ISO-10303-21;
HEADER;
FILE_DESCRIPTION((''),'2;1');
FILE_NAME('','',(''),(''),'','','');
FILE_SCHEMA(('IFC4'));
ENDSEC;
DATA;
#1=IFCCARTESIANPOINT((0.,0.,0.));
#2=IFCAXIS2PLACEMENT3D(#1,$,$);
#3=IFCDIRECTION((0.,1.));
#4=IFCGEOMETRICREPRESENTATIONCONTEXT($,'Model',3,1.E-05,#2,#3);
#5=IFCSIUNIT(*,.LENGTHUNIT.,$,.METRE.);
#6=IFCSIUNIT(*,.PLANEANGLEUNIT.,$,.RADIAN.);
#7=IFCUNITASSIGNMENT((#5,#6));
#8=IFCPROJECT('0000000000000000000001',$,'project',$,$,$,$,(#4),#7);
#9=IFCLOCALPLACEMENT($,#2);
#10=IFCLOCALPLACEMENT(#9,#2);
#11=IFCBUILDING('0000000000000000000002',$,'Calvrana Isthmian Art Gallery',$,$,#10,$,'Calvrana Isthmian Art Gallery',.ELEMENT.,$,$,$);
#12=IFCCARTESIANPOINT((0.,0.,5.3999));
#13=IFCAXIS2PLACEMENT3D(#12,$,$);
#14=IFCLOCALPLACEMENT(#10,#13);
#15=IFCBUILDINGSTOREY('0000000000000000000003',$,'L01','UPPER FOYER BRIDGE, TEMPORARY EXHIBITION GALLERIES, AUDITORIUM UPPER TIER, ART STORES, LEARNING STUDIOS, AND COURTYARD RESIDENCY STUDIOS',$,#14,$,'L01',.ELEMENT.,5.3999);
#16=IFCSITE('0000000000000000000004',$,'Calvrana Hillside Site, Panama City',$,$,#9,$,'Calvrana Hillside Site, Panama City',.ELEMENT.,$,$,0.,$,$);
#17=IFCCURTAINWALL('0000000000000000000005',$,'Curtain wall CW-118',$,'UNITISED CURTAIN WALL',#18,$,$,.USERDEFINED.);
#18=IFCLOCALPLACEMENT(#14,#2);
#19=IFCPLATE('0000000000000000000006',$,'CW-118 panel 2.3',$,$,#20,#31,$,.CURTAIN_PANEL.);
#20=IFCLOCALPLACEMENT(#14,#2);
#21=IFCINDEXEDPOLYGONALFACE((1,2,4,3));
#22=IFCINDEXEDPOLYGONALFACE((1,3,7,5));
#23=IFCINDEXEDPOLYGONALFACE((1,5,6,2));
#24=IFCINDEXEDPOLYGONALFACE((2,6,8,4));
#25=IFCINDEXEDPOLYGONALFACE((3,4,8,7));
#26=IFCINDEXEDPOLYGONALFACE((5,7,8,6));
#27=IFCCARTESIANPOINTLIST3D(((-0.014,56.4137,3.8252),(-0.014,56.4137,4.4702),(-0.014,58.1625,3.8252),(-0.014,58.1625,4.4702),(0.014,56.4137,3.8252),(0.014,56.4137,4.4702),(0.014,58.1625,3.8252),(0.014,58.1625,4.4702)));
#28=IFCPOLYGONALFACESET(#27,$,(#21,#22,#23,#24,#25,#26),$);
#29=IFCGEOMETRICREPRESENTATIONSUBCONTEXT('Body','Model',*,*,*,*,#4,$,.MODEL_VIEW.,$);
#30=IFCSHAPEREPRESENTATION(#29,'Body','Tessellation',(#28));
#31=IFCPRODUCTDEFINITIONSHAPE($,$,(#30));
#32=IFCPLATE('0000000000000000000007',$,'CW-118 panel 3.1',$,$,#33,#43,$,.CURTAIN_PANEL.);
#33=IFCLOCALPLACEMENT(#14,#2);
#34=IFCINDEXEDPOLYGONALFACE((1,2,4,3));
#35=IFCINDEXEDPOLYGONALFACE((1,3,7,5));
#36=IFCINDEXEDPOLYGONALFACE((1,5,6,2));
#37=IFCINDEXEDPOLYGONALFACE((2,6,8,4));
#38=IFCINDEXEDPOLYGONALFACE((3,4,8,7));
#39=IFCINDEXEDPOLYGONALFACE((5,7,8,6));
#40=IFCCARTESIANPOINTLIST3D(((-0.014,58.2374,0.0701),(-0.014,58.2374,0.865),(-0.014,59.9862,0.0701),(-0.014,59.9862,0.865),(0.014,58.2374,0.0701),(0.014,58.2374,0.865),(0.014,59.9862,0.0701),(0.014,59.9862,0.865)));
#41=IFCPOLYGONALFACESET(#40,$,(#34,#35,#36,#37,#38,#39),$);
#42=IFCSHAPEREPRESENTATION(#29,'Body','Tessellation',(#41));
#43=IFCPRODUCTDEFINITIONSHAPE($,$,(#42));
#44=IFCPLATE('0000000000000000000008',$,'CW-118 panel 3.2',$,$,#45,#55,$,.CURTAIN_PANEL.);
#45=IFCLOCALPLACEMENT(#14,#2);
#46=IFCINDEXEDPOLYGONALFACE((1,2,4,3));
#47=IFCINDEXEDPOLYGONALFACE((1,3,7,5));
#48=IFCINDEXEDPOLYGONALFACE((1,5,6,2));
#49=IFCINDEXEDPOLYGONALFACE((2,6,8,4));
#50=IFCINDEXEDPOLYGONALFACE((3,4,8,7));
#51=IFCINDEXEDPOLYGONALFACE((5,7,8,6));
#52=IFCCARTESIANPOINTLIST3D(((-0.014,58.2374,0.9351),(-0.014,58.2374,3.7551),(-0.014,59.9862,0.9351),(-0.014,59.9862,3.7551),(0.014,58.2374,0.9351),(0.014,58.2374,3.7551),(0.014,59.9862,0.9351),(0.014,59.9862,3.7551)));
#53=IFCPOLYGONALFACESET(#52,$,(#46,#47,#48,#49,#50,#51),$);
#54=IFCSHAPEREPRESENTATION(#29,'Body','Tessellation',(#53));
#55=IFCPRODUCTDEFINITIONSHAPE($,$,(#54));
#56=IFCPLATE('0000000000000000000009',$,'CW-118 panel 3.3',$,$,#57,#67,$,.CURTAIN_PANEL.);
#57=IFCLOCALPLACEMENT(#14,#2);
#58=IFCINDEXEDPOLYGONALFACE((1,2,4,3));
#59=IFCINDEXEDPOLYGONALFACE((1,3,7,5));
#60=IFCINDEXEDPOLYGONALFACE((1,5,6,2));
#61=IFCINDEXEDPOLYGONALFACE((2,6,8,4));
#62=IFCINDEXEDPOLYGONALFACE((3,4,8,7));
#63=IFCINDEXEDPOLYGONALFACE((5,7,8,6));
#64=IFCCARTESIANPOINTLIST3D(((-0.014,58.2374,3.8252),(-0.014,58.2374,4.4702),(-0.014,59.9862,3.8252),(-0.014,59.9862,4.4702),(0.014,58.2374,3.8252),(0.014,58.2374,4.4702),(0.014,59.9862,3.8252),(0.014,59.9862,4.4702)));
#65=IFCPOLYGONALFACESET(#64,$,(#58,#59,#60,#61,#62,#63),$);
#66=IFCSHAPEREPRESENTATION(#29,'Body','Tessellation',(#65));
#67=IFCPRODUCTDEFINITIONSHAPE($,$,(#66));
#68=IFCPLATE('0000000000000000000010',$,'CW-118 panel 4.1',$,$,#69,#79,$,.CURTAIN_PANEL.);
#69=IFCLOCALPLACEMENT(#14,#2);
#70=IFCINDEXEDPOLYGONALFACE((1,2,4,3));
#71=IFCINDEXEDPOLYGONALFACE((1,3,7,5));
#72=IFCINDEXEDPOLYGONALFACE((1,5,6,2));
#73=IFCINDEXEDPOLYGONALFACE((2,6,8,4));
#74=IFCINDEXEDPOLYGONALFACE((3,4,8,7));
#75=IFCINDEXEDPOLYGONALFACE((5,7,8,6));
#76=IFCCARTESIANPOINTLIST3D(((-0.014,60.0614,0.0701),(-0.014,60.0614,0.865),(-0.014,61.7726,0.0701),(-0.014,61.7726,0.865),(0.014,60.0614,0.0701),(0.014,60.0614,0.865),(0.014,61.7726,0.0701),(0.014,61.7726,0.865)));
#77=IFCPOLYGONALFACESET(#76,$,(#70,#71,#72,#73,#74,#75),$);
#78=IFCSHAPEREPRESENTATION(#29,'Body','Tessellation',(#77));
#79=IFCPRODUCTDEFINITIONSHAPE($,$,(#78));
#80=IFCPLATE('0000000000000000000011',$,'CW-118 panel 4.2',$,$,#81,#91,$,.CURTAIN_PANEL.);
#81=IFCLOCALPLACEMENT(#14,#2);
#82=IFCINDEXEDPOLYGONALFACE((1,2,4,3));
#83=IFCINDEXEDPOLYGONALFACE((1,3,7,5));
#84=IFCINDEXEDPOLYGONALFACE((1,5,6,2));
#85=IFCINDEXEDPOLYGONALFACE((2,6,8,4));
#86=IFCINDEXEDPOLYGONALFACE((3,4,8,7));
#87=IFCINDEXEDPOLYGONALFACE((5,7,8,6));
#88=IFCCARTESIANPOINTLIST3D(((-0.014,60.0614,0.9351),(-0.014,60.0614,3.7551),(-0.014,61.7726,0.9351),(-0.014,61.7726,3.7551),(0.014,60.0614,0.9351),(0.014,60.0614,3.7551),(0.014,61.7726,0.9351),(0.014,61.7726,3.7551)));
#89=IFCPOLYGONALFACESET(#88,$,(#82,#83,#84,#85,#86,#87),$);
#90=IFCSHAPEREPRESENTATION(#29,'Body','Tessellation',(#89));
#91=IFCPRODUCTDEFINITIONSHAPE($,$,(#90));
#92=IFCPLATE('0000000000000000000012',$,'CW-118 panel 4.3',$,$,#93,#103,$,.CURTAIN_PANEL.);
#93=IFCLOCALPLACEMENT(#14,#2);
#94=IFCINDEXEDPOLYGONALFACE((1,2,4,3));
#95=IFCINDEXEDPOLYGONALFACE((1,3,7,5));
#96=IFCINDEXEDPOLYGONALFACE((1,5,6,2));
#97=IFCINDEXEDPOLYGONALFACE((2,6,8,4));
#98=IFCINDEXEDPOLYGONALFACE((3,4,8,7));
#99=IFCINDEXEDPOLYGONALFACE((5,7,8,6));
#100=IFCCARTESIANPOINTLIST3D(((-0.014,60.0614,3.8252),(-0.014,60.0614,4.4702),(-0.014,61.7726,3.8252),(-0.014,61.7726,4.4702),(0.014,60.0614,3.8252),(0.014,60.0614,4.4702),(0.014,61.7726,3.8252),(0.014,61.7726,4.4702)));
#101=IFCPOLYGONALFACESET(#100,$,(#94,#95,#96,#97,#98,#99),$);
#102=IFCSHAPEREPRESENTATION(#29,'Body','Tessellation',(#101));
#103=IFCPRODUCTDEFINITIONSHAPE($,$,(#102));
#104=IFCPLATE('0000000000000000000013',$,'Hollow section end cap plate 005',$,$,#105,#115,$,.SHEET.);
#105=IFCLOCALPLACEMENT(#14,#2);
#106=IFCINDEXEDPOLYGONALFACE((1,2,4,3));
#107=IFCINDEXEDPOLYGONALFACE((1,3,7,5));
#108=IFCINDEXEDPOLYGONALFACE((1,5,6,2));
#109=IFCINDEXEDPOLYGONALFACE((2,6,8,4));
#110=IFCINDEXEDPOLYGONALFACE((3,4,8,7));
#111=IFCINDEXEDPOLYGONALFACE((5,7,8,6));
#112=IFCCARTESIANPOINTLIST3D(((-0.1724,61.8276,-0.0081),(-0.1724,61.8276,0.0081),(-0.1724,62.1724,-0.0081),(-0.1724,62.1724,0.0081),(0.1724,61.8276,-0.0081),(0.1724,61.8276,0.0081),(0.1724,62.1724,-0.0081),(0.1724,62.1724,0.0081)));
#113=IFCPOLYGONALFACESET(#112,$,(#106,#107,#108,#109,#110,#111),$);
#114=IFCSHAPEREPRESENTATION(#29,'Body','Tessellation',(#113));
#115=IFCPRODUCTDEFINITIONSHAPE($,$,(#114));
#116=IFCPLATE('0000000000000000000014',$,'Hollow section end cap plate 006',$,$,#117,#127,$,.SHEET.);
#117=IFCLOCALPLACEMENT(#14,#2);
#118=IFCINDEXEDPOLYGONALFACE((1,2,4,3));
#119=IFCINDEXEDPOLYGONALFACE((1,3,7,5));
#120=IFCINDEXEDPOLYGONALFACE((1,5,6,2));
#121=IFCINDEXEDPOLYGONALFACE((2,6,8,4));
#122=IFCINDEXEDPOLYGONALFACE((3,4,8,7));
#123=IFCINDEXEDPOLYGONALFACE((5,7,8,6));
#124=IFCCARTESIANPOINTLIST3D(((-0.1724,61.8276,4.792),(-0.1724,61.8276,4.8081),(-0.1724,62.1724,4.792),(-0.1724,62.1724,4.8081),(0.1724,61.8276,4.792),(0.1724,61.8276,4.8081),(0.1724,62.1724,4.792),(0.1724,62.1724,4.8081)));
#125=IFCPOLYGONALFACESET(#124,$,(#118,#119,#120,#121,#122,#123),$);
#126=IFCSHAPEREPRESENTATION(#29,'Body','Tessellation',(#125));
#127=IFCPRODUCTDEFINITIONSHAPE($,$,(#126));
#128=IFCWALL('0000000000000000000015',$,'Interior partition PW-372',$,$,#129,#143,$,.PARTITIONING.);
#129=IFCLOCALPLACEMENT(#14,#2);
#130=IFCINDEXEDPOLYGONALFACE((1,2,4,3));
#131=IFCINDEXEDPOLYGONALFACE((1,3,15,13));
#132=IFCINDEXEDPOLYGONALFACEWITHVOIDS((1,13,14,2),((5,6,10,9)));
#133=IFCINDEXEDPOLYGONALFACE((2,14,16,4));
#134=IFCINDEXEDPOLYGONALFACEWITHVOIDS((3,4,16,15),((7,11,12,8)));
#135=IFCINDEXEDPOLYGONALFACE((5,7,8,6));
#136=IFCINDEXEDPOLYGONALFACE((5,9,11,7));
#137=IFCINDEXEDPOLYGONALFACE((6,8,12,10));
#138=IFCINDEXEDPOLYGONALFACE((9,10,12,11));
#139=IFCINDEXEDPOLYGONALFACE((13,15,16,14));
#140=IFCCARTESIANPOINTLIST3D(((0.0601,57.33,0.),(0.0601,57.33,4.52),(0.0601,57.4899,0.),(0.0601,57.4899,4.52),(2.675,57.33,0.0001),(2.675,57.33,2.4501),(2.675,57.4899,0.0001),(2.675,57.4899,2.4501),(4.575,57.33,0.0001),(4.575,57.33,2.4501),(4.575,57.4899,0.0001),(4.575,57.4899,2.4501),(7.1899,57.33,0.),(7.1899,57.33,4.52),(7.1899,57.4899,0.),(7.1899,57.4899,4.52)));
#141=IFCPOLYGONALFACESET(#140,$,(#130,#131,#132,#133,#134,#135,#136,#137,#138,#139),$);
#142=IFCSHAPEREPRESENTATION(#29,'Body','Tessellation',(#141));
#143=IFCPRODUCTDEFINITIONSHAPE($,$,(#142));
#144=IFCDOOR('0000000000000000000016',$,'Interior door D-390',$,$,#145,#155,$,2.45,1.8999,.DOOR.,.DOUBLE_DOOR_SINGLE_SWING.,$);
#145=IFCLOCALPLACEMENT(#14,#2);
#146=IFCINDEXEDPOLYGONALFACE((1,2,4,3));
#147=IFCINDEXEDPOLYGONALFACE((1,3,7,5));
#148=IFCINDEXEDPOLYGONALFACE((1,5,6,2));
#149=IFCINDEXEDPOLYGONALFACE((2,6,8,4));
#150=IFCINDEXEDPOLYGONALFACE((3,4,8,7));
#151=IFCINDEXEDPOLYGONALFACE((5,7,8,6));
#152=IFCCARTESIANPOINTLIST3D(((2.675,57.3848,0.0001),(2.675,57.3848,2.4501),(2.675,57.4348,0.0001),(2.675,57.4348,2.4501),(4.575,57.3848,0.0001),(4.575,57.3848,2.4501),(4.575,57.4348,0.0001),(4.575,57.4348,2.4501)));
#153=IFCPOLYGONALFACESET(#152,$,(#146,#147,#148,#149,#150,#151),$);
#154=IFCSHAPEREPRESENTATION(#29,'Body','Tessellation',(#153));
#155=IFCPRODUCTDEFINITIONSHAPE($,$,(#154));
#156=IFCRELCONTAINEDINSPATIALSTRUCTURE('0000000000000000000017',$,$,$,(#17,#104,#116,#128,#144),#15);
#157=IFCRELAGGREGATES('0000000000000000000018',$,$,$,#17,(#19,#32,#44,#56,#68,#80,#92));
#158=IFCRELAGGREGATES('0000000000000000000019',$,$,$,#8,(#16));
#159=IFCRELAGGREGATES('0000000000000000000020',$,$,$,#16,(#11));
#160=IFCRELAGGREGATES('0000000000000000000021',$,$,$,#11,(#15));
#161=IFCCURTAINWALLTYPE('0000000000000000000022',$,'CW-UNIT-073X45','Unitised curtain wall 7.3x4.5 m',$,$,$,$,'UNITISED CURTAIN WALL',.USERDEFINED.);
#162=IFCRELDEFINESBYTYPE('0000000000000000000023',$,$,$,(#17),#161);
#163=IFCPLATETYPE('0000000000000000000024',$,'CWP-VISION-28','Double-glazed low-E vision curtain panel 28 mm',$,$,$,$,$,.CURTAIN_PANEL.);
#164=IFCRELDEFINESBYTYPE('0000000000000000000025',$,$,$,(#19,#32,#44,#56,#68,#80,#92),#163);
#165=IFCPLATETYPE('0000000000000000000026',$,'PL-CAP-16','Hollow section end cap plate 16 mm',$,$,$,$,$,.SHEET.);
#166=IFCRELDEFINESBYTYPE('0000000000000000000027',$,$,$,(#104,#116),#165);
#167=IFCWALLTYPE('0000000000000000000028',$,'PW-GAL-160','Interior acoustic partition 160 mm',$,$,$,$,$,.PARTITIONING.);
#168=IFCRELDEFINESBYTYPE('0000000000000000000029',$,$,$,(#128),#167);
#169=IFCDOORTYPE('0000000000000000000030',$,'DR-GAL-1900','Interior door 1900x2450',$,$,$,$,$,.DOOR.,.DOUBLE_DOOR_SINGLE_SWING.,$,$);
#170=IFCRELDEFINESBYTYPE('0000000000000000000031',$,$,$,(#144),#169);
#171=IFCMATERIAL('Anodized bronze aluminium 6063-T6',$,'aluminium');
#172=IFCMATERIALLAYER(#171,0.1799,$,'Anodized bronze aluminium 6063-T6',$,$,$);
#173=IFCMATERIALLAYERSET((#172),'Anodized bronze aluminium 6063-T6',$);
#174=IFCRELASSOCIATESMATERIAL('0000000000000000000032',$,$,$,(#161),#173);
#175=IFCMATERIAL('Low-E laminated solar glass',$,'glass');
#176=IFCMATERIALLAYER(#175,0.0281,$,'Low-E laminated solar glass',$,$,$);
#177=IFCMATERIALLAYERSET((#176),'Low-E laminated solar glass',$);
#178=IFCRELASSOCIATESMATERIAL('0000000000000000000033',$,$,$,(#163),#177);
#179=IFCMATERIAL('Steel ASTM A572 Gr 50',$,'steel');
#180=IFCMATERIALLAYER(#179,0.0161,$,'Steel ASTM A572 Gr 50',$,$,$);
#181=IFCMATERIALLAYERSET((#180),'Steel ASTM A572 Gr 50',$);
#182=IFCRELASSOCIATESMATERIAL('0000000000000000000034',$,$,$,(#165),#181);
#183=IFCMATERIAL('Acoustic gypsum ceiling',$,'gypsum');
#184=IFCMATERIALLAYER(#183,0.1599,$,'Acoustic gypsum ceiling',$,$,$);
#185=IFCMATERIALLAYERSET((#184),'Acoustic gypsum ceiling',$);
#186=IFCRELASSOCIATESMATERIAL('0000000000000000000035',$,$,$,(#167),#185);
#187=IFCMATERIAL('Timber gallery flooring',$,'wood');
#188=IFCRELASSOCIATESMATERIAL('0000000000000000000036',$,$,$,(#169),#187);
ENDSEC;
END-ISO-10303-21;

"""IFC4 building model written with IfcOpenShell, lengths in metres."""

from ifc_helpers import new_model, si_unit, direction, frame, frame_2d, origin, origin_2d, place, context, subcontext, project, spatial, rectangle, extrude, material, layer, layer_set, type_object, element, fill, aggregate, save


model = new_model("IFC4")

# Units and contexts
model_context = context("Model", 3, precision=1e-05, world=origin(), true_north=direction((0.0, 1.0)))
body_context = subcontext(model_context, "Body", "Model", "MODEL_VIEW")
ifc_project = project(units=[si_unit("LENGTHUNIT", "METRE"), si_unit("PLANEANGLEUNIT", "RADIAN")], contexts=[model_context])

# Site, building, storey
site_placement = place(None, origin())
site = spatial("IfcSite", under=ifc_project, at=site_placement, Name="Calvrana Hillside Site, Panama City", LongName="Calvrana Hillside Site, Panama City", CompositionType="ELEMENT", RefElevation=0.0)
building_placement = place(site_placement, origin())
building = spatial("IfcBuilding", under=site, at=building_placement, Name="Calvrana Isthmian Art Gallery", LongName="Calvrana Isthmian Art Gallery", CompositionType="ELEMENT")
storey_placement = place(building_placement, frame((0.0, 0.0, 5.3999)))
storey = spatial("IfcBuildingStorey", under=building, at=storey_placement, Name="L01", Description="UPPER FOYER BRIDGE, TEMPORARY EXHIBITION GALLERIES, AUDITORIUM UPPER TIER, ART STORES, LEARNING STUDIOS, AND COURTYARD RESIDENCY STUDIOS", LongName="L01", CompositionType="ELEMENT", Elevation=5.3999)

# Curtain wall, plates
ifc_material_1 = material(Name="Anodized bronze aluminium 6063-T6", Category="aluminium")
ifc_layer_1 = layer(ifc_material_1, 0.1799, Name="Anodized bronze aluminium 6063-T6")
ifc_layer_set_1 = layer_set([ifc_layer_1], Name="Anodized bronze aluminium 6063-T6")
curtain_wall_type = type_object("IfcCurtainWallType", Name="CW-UNIT-073X45", Description="Unitised curtain wall 7.3x4.5 m", ElementType="UNITISED CURTAIN WALL", PredefinedType="USERDEFINED", material=ifc_layer_set_1)
curtain_wall_placement = place(storey_placement, origin())
curtain_wall = element("IfcCurtainWall", 1, at=curtain_wall_placement, inside=storey, type_object=curtain_wall_type, Name="Curtain wall CW-118", ObjectType="UNITISED CURTAIN WALL", PredefinedType="USERDEFINED")
ifc_material_2 = material(Name="Low-E laminated solar glass", Category="glass")
ifc_layer_2 = layer(ifc_material_2, 0.0281, Name="Low-E laminated solar glass")
ifc_layer_set_2 = layer_set([ifc_layer_2], Name="Low-E laminated solar glass")
plate_type_1 = type_object("IfcPlateType", Name="CWP-VISION-28", Description="Double-glazed low-E vision curtain panel 28 mm", PredefinedType="CURTAIN_PANEL", material=ifc_layer_set_2)
plate_1_placement = place(storey_placement, frame((0.0, 57.2881, 3.8252), z_axis=(0.0, 0.0, 1.0), x_axis=(0.0, 1.0, 0.0)))
plate_1 = element("IfcPlate", 2, at=plate_1_placement, type_object=plate_type_1, Name="CW-118 panel 2.3", PredefinedType="CURTAIN_PANEL", context=body_context, shape_type="SweptSolid", body=[
    extrude(rectangle(XDim=1.7488, YDim=0.0281, at=origin_2d()), origin(), (0.0, 0.0, 1.0), 0.645),
])
plate_2_placement = place(storey_placement, frame((0.0, 59.1118, 0.0701), z_axis=(0.0, 0.0, 1.0), x_axis=(0.0, 1.0, 0.0)))
plate_2 = element("IfcPlate", 3, at=plate_2_placement, type_object=plate_type_1, Name="CW-118 panel 3.1", PredefinedType="CURTAIN_PANEL", context=body_context, shape_type="SweptSolid", body=[
    extrude(rectangle(XDim=1.7488, YDim=0.0281, at=origin_2d()), origin(), (0.0, 0.0, 1.0), 0.7949),
])
plate_3_placement = place(storey_placement, frame((0.0, 59.1118, 0.9351), z_axis=(0.0, 0.0, 1.0), x_axis=(0.0, 1.0, 0.0)))
plate_3 = element("IfcPlate", 4, at=plate_3_placement, type_object=plate_type_1, Name="CW-118 panel 3.2", PredefinedType="CURTAIN_PANEL", context=body_context, shape_type="SweptSolid", body=[
    extrude(rectangle(XDim=1.7488, YDim=0.0281, at=origin_2d()), origin(), (0.0, 0.0, 1.0), 2.8201),
])
plate_4_placement = place(storey_placement, frame((0.0, 59.1118, 3.8252), z_axis=(0.0, 0.0, 1.0), x_axis=(0.0, 1.0, 0.0)))
plate_4 = element("IfcPlate", 5, at=plate_4_placement, type_object=plate_type_1, Name="CW-118 panel 3.3", PredefinedType="CURTAIN_PANEL", context=body_context, shape_type="SweptSolid", body=[
    extrude(rectangle(XDim=1.7488, YDim=0.0281, at=origin_2d()), origin(), (0.0, 0.0, 1.0), 0.645),
])
plate_5_placement = place(storey_placement, frame((0.0, 60.917, 0.0701), z_axis=(0.0, 0.0, 1.0), x_axis=(0.0, 1.0, 0.0)))
plate_5 = element("IfcPlate", 6, at=plate_5_placement, type_object=plate_type_1, Name="CW-118 panel 4.1", PredefinedType="CURTAIN_PANEL", context=body_context, shape_type="SweptSolid", body=[
    extrude(rectangle(XDim=1.7112, YDim=0.0281, at=origin_2d()), origin(), (0.0, 0.0, 1.0), 0.7949),
])
plate_6_placement = place(storey_placement, frame((0.0, 60.917, 0.9351), z_axis=(0.0, 0.0, 1.0), x_axis=(0.0, 1.0, 0.0)))
plate_6 = element("IfcPlate", 7, at=plate_6_placement, type_object=plate_type_1, Name="CW-118 panel 4.2", PredefinedType="CURTAIN_PANEL", context=body_context, shape_type="SweptSolid", body=[
    extrude(rectangle(XDim=1.7112, YDim=0.0281, at=origin_2d()), origin(), (0.0, 0.0, 1.0), 2.8201),
])
plate_7_placement = place(storey_placement, frame((0.0, 60.917, 3.8252), z_axis=(0.0, 0.0, 1.0), x_axis=(0.0, 1.0, 0.0)))
plate_7 = element("IfcPlate", 8, at=plate_7_placement, type_object=plate_type_1, Name="CW-118 panel 4.3", PredefinedType="CURTAIN_PANEL", context=body_context, shape_type="SweptSolid", body=[
    extrude(rectangle(XDim=1.7112, YDim=0.0281, at=origin_2d()), origin(), (0.0, 0.0, 1.0), 0.645),
])
aggregate(curtain_wall, [plate_1, plate_2, plate_3, plate_4, plate_5, plate_6, plate_7])

# Plates
ifc_material_3 = material(Name="Steel ASTM A572 Gr 50", Category="steel")
ifc_layer_3 = layer(ifc_material_3, 0.0161, Name="Steel ASTM A572 Gr 50")
ifc_layer_set_3 = layer_set([ifc_layer_3], Name="Steel ASTM A572 Gr 50")
plate_type_2 = type_object("IfcPlateType", Name="PL-CAP-16", Description="Hollow section end cap plate 16 mm", PredefinedType="SHEET", material=ifc_layer_set_3)
for number, where, z_axis, x_axis, name in (
    (9, (0.0, 62.0, -0.0081), (0.0, 0.0, 1.0), (1.0, 0.0, 0.0), "Hollow section end cap plate 005"),
    (10, (0.0, 62.0, 4.792), (0.0, 0.0, 1.0), (1.0, 0.0, 0.0), "Hollow section end cap plate 006"),
):
    element("IfcPlate", number, at=place(storey_placement, frame(where, z_axis=z_axis, x_axis=x_axis)), inside=storey, type_object=plate_type_2, Name=name, PredefinedType="SHEET", context=body_context, shape_type="SweptSolid", body=[
        extrude(rectangle(XDim=0.3447, YDim=0.3447, at=origin_2d()), origin(), (0.0, 0.0, 1.0), 0.0161),
    ])

# Wall, opening, door
ifc_material_4 = material(Name="Acoustic gypsum ceiling", Category="gypsum")
ifc_layer_4 = layer(ifc_material_4, 0.1599, Name="Acoustic gypsum ceiling")
ifc_layer_set_4 = layer_set([ifc_layer_4], Name="Acoustic gypsum ceiling")
wall_type = type_object("IfcWallType", Name="PW-GAL-160", Description="Interior acoustic partition 160 mm", PredefinedType="PARTITIONING", material=ifc_layer_set_4)
wall_placement = place(storey_placement, frame((0.0601, 57.4099, 0.0), z_axis=(0.0, 0.0, 1.0), x_axis=(1.0, 0.0, 0.0)))
wall = element("IfcWall", 11, at=wall_placement, inside=storey, type_object=wall_type, Name="Interior partition PW-372", PredefinedType="PARTITIONING", context=body_context, shape_type="SweptSolid", body=[
    extrude(rectangle(XDim=7.1299, YDim=0.1599, at=frame_2d((3.5649, 0.0))), origin(), (0.0, 0.0, 1.0), 4.52),
])
opening_placement = place(wall_placement, frame((2.615, 0.0, 0.0)))
opening = element("IfcOpeningElement", 12, at=opening_placement, cuts=wall, PredefinedType="OPENING", context=body_context, shape_type="SweptSolid", body=[
    extrude(rectangle(XDim=1.8999, YDim=2.45, at=frame_2d((0.95, 1.2251))), frame((0.0, 0.0903, 0.0), z_axis=(0.0, -1.0, 0.0), x_axis=(1.0, 0.0, 0.0)), (0.0, 0.0, 1.0), 0.1804),
])
ifc_material_5 = material(Name="Timber gallery flooring", Category="wood")
door_type = type_object("IfcDoorType", Name="DR-GAL-1900", Description="Interior door 1900x2450", OperationType="DOUBLE_DOOR_SINGLE_SWING", PredefinedType="DOOR", material=ifc_material_5)
door_placement = place(opening_placement, origin())
door = element("IfcDoor", 13, at=door_placement, inside=storey, type_object=door_type, Name="Interior door D-390", OperationType="DOUBLE_DOOR_SINGLE_SWING", OverallHeight=2.45, OverallWidth=1.8999, PredefinedType="DOOR", context=body_context, shape_type="SweptSolid", body=[
    extrude(rectangle(XDim=1.8999, YDim=2.45, at=frame_2d((0.95, 1.2251))), frame((0.0, 0.0249, 0.0), z_axis=(0.0, -1.0, 0.0), x_axis=(1.0, 0.0, 0.0)), (0.0, 0.0, 1.0), 0.05),
])
fill(opening, door)

save(model, "model.ifc")
